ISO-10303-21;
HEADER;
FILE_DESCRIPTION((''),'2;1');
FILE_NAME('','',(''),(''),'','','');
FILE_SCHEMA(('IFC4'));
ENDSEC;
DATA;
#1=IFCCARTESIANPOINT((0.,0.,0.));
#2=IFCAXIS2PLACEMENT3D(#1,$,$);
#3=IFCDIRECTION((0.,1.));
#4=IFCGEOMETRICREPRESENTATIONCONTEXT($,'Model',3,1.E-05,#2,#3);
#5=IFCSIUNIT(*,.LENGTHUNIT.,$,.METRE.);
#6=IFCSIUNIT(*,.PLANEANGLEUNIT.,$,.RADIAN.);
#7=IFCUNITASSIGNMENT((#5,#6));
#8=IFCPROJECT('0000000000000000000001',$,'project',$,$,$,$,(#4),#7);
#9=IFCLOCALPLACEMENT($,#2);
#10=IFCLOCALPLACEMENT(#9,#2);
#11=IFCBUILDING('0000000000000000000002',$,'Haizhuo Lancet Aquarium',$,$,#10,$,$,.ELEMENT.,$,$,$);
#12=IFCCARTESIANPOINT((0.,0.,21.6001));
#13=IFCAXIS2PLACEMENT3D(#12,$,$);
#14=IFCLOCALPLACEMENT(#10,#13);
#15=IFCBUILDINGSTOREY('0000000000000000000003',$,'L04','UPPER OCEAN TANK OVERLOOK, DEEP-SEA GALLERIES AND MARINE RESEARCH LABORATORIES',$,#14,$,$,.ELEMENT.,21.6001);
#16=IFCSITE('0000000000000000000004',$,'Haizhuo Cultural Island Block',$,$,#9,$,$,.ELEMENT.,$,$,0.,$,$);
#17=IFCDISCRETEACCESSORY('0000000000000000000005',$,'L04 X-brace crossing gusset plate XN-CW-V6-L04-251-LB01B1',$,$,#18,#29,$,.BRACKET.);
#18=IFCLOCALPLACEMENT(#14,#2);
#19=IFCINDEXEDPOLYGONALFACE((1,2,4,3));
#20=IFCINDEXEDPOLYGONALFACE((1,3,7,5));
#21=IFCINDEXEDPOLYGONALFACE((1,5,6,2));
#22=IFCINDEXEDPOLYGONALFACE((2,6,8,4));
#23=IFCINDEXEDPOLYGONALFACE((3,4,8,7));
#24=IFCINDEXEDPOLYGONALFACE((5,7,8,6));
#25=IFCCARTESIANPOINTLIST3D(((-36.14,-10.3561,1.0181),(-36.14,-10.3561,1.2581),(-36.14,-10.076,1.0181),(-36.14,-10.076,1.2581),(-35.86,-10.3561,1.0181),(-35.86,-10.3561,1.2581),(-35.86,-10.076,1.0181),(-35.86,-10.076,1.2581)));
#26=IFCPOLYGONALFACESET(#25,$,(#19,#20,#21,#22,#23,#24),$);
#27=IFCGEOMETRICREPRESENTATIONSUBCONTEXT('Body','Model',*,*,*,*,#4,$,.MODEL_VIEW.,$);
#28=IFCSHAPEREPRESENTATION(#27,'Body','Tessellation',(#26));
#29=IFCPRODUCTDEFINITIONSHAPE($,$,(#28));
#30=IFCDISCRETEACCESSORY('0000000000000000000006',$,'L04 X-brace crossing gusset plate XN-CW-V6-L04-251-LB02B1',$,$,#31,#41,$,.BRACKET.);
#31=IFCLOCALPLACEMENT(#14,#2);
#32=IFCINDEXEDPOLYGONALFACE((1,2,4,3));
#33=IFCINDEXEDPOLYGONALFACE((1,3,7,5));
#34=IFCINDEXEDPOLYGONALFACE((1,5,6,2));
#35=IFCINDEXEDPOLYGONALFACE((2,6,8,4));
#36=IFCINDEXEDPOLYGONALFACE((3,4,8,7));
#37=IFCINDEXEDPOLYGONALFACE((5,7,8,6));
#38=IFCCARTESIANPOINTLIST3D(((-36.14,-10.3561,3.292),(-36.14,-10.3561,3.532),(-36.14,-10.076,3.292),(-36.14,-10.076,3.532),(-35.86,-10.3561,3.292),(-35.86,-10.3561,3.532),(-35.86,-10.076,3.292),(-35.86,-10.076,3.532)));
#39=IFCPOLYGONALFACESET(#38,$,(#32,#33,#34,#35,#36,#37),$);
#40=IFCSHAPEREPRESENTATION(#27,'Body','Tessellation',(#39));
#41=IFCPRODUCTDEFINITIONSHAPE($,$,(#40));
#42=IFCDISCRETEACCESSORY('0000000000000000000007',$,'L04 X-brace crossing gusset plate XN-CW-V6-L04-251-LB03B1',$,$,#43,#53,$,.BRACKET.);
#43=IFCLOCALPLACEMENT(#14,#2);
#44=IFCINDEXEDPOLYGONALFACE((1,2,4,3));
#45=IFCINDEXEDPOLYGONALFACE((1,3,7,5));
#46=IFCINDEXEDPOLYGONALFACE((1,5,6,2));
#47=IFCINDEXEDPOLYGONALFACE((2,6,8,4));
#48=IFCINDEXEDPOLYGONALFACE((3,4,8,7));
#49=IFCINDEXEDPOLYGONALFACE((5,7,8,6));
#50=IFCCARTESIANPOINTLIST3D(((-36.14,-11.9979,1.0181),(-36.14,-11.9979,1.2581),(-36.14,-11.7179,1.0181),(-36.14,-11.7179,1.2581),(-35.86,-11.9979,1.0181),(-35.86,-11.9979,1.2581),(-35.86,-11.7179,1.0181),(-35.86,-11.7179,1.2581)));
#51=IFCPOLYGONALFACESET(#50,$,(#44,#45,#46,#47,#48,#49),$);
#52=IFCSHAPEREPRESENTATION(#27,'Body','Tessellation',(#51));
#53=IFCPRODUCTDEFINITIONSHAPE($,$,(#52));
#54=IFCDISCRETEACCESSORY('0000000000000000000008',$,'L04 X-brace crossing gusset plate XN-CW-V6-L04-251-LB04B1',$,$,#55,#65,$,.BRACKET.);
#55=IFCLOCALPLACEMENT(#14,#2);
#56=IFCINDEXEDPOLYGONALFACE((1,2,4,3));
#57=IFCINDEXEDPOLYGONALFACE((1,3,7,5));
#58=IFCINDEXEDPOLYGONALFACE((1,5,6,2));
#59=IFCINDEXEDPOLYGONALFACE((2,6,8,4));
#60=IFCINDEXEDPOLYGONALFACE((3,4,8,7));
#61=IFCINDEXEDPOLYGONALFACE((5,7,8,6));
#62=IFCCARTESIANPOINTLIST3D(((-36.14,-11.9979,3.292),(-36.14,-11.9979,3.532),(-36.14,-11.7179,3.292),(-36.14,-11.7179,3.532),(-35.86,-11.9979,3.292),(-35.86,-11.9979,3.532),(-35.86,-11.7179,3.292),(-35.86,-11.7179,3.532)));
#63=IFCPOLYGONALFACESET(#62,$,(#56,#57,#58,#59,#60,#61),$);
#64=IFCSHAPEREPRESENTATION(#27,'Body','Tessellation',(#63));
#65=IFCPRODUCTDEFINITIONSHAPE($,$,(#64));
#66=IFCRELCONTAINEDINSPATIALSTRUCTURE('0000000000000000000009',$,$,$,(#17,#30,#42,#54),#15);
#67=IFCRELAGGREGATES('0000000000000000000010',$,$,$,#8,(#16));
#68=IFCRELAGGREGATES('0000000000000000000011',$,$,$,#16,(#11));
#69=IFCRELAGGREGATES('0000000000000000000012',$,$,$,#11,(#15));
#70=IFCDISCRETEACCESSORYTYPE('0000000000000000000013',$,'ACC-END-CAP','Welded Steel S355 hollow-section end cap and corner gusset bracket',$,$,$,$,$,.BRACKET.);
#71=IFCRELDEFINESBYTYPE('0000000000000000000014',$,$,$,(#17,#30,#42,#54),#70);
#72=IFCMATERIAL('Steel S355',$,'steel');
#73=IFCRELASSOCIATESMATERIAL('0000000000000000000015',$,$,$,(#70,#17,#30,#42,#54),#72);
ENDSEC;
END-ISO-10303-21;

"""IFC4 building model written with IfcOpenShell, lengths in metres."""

from ifc_helpers import new_model, si_unit, direction, frame, origin, origin_2d, place, context, subcontext, project, spatial, rectangle, extrude, material, type_object, element, save


model = new_model("IFC4")

# Units and contexts
model_context = context("Model", 3, precision=1e-05, world=origin(), true_north=direction((0.0, 1.0)))
body_context = subcontext(model_context, "Body", "Model", "MODEL_VIEW")
ifc_project = project(units=[si_unit("LENGTHUNIT", "METRE"), si_unit("PLANEANGLEUNIT", "RADIAN")], contexts=[model_context])

# Site, building, storey
site_placement = place(None, origin())
site = spatial("IfcSite", under=ifc_project, at=site_placement, Name="Haizhuo Cultural Island Block", CompositionType="ELEMENT", RefElevation=0.0)
building_placement = place(site_placement, origin())
building = spatial("IfcBuilding", under=site, at=building_placement, Name="Haizhuo Lancet Aquarium", CompositionType="ELEMENT")
storey_placement = place(building_placement, frame((0.0, 0.0, 21.6001)))
storey = spatial("IfcBuildingStorey", under=building, at=storey_placement, Name="L04", Description="UPPER OCEAN TANK OVERLOOK, DEEP-SEA GALLERIES AND MARINE RESEARCH LABORATORIES", CompositionType="ELEMENT", Elevation=21.6001)

# Shared definitions
ifc_material_1 = material(Name="Steel S355", Category="steel")

# Discrete accessories
discrete_accessory_type = type_object("IfcDiscreteAccessoryType", Name="ACC-END-CAP", Description="Welded Steel S355 hollow-section end cap and corner gusset bracket", PredefinedType="BRACKET", material=ifc_material_1)
for number, where, z_axis, x_axis, name in (
    (1, (-36.0, -10.2161, 1.0181), (0.0, 0.0, 1.0), (1.0, 0.0, 0.0), "L04 X-brace crossing gusset plate XN-CW-V6-L04-251-LB01B1"),
    (2, (-36.0, -10.2161, 3.292), (0.0, 0.0, 1.0), (1.0, 0.0, 0.0), "L04 X-brace crossing gusset plate XN-CW-V6-L04-251-LB02B1"),
    (3, (-36.0, -11.8579, 1.0181), (0.0, 0.0, 1.0), (1.0, 0.0, 0.0), "L04 X-brace crossing gusset plate XN-CW-V6-L04-251-LB03B1"),
    (4, (-36.0, -11.8579, 3.292), (0.0, 0.0, 1.0), (1.0, 0.0, 0.0), "L04 X-brace crossing gusset plate XN-CW-V6-L04-251-LB04B1"),
):
    element("IfcDiscreteAccessory", number, at=place(storey_placement, frame(where, z_axis=z_axis, x_axis=x_axis)), inside=storey, type_object=discrete_accessory_type, material=ifc_material_1, Name=name, PredefinedType="BRACKET", context=body_context, shape_type="SweptSolid", body=[
        extrude(rectangle(XDim=0.28, YDim=0.28, at=origin_2d()), origin(), (0.0, 0.0, 1.0), 0.24),
    ])

save(model, "model.ifc")
